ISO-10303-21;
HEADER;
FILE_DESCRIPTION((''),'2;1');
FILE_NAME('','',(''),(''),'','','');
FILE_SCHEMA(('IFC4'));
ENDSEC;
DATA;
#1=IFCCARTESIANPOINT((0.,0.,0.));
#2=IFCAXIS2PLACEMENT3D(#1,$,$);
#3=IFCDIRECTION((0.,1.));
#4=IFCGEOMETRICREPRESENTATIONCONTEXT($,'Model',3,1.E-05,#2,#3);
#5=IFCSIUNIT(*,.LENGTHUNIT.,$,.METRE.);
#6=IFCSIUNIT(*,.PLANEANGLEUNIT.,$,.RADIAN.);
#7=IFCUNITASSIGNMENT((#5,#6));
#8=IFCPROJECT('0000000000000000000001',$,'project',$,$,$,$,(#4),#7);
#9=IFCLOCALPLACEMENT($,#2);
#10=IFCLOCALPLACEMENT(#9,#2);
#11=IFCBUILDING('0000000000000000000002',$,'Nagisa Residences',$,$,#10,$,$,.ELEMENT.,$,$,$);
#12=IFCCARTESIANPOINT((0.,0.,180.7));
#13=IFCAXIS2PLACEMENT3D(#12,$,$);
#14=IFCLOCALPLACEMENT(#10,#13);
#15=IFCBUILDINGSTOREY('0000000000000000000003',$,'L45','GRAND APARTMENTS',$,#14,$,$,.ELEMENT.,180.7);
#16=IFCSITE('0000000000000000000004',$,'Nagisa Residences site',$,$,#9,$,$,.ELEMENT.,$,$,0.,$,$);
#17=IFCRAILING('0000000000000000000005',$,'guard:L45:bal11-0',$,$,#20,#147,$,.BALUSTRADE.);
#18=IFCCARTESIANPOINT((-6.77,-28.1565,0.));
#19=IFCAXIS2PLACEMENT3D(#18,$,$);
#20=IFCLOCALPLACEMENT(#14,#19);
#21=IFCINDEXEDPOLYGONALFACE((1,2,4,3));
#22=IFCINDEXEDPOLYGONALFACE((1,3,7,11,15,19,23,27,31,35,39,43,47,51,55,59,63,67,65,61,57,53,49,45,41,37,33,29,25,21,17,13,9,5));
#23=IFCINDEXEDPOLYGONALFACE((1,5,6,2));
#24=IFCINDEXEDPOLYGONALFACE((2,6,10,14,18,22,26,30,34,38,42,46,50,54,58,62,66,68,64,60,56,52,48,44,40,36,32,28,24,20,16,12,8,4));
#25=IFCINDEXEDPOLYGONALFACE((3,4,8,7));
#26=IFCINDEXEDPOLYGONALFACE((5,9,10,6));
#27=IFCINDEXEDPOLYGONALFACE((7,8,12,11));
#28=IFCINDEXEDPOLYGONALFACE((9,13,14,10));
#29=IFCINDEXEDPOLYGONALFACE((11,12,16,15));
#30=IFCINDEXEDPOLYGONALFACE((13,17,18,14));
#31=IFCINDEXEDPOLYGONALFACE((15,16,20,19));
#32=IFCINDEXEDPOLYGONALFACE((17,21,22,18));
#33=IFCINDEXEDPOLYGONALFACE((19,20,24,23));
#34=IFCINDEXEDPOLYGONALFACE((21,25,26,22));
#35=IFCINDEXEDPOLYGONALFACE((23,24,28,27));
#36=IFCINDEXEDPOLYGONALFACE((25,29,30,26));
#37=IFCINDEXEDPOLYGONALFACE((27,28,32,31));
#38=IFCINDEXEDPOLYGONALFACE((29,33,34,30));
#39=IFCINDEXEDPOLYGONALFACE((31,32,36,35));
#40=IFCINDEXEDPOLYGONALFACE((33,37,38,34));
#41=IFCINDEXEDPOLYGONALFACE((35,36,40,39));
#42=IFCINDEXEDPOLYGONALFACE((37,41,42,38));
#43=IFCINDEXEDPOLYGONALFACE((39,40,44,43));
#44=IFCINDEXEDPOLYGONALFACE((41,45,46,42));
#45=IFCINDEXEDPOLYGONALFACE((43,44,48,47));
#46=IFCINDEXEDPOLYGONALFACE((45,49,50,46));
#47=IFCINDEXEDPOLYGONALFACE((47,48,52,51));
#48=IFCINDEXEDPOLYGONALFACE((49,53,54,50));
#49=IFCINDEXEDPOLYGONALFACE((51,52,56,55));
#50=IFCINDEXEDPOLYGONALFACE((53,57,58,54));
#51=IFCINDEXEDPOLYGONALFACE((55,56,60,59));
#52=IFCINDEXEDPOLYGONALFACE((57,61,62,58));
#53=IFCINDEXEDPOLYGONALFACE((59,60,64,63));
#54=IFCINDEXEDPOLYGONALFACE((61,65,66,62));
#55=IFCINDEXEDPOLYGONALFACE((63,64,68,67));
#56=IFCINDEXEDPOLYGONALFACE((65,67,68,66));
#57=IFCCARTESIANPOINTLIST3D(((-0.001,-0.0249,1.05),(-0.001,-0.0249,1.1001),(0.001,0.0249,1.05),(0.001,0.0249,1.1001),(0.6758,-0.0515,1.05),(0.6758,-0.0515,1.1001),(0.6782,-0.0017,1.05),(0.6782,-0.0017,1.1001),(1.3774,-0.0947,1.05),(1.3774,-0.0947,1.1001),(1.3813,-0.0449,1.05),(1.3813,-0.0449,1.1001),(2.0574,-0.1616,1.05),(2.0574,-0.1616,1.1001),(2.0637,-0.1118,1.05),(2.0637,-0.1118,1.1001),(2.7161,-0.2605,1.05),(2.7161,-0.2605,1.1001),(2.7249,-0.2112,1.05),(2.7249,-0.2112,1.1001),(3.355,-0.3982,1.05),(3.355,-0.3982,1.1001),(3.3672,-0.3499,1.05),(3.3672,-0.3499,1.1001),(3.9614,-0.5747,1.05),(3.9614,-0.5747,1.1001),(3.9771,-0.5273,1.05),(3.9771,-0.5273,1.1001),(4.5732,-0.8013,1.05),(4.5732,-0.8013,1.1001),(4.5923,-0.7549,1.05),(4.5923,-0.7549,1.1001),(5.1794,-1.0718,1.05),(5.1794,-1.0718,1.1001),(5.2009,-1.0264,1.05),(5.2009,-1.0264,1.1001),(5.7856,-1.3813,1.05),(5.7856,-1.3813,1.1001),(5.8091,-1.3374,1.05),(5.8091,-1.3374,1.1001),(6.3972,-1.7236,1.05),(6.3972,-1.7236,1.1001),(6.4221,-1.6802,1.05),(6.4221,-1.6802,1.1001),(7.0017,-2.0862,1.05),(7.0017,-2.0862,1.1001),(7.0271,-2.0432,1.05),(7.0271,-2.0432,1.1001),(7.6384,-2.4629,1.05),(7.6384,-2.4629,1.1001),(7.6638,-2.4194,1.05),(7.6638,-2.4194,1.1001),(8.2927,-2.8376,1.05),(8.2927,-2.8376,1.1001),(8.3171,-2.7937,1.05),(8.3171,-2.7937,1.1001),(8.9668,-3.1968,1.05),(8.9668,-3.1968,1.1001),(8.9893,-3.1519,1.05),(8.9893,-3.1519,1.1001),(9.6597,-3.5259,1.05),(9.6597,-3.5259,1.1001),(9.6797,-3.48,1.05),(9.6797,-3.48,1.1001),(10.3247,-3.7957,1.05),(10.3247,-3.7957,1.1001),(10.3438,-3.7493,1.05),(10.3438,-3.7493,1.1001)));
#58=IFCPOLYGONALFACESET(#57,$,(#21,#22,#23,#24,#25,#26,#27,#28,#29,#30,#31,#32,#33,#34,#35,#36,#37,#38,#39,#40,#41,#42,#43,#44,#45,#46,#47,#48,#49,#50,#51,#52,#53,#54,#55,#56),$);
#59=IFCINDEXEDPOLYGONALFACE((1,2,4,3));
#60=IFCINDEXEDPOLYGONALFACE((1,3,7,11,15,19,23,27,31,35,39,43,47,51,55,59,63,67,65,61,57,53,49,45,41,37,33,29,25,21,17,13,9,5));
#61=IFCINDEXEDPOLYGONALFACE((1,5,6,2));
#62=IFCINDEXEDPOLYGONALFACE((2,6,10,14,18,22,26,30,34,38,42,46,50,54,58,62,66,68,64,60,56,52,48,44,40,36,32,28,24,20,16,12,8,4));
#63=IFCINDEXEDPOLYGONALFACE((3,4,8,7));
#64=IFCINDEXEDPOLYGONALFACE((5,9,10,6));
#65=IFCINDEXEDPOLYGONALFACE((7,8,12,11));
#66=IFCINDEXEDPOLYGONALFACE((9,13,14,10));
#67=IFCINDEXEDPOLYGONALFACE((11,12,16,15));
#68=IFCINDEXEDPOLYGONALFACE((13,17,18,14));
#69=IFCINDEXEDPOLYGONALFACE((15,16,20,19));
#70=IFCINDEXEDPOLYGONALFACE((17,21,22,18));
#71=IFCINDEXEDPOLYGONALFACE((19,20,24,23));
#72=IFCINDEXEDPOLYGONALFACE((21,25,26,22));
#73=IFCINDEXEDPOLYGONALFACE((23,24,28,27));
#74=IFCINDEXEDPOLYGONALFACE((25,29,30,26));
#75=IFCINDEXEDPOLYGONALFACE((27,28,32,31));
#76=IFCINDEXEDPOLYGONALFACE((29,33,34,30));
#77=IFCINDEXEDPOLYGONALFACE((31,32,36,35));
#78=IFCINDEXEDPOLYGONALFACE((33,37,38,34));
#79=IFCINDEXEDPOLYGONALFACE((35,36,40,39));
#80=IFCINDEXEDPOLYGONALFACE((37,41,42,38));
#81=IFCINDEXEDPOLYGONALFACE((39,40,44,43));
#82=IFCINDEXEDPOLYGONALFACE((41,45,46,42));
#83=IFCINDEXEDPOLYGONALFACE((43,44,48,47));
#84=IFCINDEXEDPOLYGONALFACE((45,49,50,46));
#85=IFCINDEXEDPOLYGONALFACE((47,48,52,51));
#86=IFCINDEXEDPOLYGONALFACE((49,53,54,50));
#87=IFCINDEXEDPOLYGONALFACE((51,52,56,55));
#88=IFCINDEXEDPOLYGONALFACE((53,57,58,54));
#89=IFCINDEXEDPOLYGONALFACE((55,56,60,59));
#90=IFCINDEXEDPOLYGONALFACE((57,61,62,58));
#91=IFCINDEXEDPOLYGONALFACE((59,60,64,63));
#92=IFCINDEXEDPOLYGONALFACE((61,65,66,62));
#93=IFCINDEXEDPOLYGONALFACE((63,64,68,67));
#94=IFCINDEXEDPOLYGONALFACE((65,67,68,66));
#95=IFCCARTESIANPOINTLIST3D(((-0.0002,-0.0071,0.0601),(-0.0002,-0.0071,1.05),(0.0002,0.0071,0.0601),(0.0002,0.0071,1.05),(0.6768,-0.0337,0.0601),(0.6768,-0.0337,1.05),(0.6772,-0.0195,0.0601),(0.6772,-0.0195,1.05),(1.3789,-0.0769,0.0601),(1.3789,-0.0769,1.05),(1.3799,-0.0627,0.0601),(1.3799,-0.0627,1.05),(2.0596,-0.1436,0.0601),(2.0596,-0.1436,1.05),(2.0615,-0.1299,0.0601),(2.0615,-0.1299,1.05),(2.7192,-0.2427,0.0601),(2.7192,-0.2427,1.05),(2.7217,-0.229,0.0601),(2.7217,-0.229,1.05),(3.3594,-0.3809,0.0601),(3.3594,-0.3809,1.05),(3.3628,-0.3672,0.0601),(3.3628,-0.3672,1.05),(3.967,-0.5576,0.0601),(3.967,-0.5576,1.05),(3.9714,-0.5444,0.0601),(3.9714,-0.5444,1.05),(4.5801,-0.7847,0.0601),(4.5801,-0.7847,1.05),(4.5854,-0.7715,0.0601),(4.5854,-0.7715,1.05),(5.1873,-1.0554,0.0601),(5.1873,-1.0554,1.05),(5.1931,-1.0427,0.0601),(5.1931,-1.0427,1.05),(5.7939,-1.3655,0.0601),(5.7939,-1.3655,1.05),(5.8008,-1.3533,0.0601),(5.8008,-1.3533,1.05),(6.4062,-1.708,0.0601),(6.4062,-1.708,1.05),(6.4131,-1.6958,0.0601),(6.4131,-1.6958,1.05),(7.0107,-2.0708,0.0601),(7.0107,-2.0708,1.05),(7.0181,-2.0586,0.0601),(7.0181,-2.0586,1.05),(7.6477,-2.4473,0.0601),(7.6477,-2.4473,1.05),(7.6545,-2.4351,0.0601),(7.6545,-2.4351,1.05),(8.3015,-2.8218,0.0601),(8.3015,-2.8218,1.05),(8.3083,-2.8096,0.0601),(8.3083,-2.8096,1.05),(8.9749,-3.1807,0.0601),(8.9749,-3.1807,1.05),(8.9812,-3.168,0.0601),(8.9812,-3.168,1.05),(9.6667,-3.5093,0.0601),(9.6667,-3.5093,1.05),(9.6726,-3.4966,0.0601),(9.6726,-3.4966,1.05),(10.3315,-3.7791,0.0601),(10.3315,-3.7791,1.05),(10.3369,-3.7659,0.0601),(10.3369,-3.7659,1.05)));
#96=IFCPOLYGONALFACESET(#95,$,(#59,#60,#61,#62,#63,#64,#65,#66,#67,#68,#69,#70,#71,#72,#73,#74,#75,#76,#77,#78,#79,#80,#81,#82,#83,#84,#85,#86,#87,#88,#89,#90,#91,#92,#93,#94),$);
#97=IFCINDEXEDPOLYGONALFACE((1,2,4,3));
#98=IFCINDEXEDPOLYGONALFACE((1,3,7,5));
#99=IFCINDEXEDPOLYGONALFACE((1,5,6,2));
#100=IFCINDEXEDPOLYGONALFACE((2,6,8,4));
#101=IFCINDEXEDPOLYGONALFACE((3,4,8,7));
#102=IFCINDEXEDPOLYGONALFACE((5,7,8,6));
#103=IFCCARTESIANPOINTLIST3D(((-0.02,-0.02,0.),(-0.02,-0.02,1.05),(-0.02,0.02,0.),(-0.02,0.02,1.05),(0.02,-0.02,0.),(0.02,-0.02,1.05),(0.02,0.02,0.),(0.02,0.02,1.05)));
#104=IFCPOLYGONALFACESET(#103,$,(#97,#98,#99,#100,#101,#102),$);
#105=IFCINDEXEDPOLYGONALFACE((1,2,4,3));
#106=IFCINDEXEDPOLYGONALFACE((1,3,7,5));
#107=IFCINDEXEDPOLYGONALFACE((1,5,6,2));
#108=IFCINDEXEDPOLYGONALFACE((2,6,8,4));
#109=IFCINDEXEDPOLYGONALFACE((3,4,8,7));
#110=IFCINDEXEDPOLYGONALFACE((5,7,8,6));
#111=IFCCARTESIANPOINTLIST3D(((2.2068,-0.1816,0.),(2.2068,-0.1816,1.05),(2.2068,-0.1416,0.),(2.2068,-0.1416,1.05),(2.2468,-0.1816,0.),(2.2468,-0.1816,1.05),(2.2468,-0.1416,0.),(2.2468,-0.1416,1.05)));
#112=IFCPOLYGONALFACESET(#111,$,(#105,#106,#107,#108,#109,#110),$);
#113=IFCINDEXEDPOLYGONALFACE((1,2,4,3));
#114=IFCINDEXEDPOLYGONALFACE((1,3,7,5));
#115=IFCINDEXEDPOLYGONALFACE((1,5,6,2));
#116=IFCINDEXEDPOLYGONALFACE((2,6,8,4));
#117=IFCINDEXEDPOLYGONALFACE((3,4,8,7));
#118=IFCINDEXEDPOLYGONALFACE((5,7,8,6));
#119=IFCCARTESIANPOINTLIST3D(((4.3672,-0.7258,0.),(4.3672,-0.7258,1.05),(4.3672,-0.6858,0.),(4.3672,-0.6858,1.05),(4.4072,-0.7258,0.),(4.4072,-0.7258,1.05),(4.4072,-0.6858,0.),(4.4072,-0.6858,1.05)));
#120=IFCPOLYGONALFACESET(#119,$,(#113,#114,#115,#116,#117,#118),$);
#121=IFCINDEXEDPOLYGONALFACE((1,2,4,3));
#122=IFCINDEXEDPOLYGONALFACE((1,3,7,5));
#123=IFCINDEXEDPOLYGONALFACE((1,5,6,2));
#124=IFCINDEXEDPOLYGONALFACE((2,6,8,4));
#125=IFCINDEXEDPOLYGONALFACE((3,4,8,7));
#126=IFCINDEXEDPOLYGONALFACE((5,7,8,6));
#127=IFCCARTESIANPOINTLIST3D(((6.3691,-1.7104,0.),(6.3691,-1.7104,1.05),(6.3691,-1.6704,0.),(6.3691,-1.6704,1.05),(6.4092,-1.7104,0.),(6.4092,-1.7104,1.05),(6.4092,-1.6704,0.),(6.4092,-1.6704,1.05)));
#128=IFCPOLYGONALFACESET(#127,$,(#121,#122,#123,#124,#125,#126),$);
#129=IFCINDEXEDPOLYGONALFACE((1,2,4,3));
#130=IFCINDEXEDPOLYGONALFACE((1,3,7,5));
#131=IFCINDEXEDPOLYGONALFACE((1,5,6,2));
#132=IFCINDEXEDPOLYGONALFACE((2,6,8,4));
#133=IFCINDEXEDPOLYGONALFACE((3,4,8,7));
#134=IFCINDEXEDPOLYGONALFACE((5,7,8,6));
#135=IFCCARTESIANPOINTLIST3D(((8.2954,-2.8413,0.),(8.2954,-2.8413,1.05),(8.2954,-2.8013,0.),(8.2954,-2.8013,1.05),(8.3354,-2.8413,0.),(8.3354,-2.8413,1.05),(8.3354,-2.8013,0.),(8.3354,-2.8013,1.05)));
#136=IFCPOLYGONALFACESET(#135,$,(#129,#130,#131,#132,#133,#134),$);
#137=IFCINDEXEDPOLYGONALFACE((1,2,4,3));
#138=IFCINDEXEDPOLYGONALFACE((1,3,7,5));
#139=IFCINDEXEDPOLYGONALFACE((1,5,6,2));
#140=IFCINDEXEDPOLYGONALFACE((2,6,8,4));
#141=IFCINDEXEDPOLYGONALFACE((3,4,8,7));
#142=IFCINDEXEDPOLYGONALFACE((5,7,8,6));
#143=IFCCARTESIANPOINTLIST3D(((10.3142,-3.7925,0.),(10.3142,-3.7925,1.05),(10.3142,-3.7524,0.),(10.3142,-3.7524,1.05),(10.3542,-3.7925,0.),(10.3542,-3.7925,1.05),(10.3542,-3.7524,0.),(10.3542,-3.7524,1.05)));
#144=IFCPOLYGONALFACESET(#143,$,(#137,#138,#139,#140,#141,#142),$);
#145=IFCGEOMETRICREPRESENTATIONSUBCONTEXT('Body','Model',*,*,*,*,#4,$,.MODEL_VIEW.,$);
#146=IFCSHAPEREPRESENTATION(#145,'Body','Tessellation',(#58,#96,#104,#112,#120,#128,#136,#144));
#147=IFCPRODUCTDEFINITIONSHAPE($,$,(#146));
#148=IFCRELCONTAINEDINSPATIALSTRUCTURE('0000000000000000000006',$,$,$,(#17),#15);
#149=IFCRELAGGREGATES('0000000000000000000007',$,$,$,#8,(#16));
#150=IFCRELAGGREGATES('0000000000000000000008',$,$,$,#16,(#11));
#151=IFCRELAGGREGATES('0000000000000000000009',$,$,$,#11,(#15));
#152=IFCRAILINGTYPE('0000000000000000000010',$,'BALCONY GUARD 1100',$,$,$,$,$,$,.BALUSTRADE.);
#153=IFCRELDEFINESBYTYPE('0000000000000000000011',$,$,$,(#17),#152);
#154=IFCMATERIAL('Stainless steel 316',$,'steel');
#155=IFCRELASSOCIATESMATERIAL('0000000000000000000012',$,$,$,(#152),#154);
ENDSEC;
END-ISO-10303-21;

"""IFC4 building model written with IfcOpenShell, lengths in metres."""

from ifc_helpers import new_model, si_unit, direction, frame, origin, origin_2d, place, context, subcontext, project, spatial, polyline, rectangle, outline, extrude, material, type_object, element, save


model = new_model("IFC4")

# Units and contexts
model_context = context("Model", 3, precision=1e-05, world=origin(), true_north=direction((0.0, 1.0)))
body_context = subcontext(model_context, "Body", "Model", "MODEL_VIEW")
ifc_project = project(units=[si_unit("LENGTHUNIT", "METRE"), si_unit("PLANEANGLEUNIT", "RADIAN")], contexts=[model_context])

# Site, building, storey
site_placement = place(None, origin())
site = spatial("IfcSite", under=ifc_project, at=site_placement, Name="Nagisa Residences site", CompositionType="ELEMENT", RefElevation=0.0)
building_placement = place(site_placement, origin())
building = spatial("IfcBuilding", under=site, at=building_placement, Name="Nagisa Residences", CompositionType="ELEMENT")
storey_placement = place(building_placement, frame((0.0, 0.0, 180.7)))
storey = spatial("IfcBuildingStorey", under=building, at=storey_placement, Name="L45", Description="GRAND APARTMENTS", CompositionType="ELEMENT", Elevation=180.7)

# Railing
ifc_material_1 = material(Name="Stainless steel 316", Category="steel")
railing_type = type_object("IfcRailingType", Name="BALCONY GUARD 1100", PredefinedType="BALUSTRADE", material=ifc_material_1)
railing_placement = place(storey_placement, frame((-6.77, -28.1565, 0.0)))
element("IfcRailing", 1, at=railing_placement, inside=storey, type_object=railing_type, Name="guard:L45:bal11-0", PredefinedType="BALUSTRADE", context=body_context, shape_type="SweptSolid", body=[
    extrude(outline(polyline([(0.6782, -0.0017), (0.001, 0.0249), (-0.001, -0.0249), (0.6758, -0.0515), (1.3774, -0.0947), (2.0574, -0.1616), (2.7161, -0.2605), (3.355, -0.3982), (3.9614, -0.5747), (4.5732, -0.8013), (5.1794, -1.0718), (5.7856, -1.3813), (6.3972, -1.7236), (7.0017, -2.0862), (7.6384, -2.4629), (8.2927, -2.8376), (8.9668, -3.1968), (9.6597, -3.5259), (10.3247, -3.7957), (10.3438, -3.7493), (9.6797, -3.48), (8.9893, -3.1519), (8.3171, -2.7937), (7.6638, -2.4194), (7.0271, -2.0432), (6.4221, -1.6802), (5.8091, -1.3374), (5.2009, -1.0264), (4.5923, -0.7549), (3.9771, -0.5273), (3.3672, -0.3499), (2.7249, -0.2112), (2.0637, -0.1118), (1.3813, -0.0449), (0.6782, -0.0017)])), frame((0.0, 0.0, 1.05)), (0.0, 0.0, 1.0), 0.05),
    extrude(outline(polyline([(0.6772, -0.0195), (0.0002, 0.0071), (-0.0002, -0.0071), (0.6768, -0.0337), (1.3789, -0.0769), (2.0596, -0.1436), (2.7192, -0.2427), (3.3594, -0.3809), (3.967, -0.5576), (4.5801, -0.7847), (5.1873, -1.0554), (5.7939, -1.3655), (6.4062, -1.708), (7.0107, -2.0708), (7.6477, -2.4473), (8.3015, -2.8218), (8.9749, -3.1807), (9.6667, -3.5093), (10.3315, -3.7791), (10.3369, -3.7659), (9.6726, -3.4966), (8.9812, -3.168), (8.3083, -2.8096), (7.6545, -2.4351), (7.0181, -2.0586), (6.4131, -1.6958), (5.8008, -1.3533), (5.1931, -1.0427), (4.5854, -0.7715), (3.9714, -0.5444), (3.3628, -0.3672), (2.7217, -0.229), (2.0615, -0.1299), (1.3799, -0.0627), (0.6772, -0.0195)])), frame((0.0, 0.0, 0.0601)), (0.0, 0.0, 1.0), 0.99),
    extrude(rectangle(XDim=0.04, YDim=0.04, at=origin_2d()), origin(), (0.0, 0.0, 1.0), 1.05),
    extrude(rectangle(XDim=0.04, YDim=0.04, at=origin_2d()), frame((2.2268, -0.1616, 0.0)), (0.0, 0.0, 1.0), 1.05),
    extrude(rectangle(XDim=0.04, YDim=0.04, at=origin_2d()), frame((4.3872, -0.7058, 0.0)), (0.0, 0.0, 1.0), 1.05),
    extrude(rectangle(XDim=0.04, YDim=0.04, at=origin_2d()), frame((6.3892, -1.6904, 0.0)), (0.0, 0.0, 1.0), 1.05),
    extrude(rectangle(XDim=0.04, YDim=0.04, at=origin_2d()), frame((8.3154, -2.8213, 0.0)), (0.0, 0.0, 1.0), 1.05),
    extrude(rectangle(XDim=0.04, YDim=0.04, at=origin_2d()), frame((10.3342, -3.7725, 0.0)), (0.0, 0.0, 1.0), 1.05),
])

save(model, "model.ifc")
